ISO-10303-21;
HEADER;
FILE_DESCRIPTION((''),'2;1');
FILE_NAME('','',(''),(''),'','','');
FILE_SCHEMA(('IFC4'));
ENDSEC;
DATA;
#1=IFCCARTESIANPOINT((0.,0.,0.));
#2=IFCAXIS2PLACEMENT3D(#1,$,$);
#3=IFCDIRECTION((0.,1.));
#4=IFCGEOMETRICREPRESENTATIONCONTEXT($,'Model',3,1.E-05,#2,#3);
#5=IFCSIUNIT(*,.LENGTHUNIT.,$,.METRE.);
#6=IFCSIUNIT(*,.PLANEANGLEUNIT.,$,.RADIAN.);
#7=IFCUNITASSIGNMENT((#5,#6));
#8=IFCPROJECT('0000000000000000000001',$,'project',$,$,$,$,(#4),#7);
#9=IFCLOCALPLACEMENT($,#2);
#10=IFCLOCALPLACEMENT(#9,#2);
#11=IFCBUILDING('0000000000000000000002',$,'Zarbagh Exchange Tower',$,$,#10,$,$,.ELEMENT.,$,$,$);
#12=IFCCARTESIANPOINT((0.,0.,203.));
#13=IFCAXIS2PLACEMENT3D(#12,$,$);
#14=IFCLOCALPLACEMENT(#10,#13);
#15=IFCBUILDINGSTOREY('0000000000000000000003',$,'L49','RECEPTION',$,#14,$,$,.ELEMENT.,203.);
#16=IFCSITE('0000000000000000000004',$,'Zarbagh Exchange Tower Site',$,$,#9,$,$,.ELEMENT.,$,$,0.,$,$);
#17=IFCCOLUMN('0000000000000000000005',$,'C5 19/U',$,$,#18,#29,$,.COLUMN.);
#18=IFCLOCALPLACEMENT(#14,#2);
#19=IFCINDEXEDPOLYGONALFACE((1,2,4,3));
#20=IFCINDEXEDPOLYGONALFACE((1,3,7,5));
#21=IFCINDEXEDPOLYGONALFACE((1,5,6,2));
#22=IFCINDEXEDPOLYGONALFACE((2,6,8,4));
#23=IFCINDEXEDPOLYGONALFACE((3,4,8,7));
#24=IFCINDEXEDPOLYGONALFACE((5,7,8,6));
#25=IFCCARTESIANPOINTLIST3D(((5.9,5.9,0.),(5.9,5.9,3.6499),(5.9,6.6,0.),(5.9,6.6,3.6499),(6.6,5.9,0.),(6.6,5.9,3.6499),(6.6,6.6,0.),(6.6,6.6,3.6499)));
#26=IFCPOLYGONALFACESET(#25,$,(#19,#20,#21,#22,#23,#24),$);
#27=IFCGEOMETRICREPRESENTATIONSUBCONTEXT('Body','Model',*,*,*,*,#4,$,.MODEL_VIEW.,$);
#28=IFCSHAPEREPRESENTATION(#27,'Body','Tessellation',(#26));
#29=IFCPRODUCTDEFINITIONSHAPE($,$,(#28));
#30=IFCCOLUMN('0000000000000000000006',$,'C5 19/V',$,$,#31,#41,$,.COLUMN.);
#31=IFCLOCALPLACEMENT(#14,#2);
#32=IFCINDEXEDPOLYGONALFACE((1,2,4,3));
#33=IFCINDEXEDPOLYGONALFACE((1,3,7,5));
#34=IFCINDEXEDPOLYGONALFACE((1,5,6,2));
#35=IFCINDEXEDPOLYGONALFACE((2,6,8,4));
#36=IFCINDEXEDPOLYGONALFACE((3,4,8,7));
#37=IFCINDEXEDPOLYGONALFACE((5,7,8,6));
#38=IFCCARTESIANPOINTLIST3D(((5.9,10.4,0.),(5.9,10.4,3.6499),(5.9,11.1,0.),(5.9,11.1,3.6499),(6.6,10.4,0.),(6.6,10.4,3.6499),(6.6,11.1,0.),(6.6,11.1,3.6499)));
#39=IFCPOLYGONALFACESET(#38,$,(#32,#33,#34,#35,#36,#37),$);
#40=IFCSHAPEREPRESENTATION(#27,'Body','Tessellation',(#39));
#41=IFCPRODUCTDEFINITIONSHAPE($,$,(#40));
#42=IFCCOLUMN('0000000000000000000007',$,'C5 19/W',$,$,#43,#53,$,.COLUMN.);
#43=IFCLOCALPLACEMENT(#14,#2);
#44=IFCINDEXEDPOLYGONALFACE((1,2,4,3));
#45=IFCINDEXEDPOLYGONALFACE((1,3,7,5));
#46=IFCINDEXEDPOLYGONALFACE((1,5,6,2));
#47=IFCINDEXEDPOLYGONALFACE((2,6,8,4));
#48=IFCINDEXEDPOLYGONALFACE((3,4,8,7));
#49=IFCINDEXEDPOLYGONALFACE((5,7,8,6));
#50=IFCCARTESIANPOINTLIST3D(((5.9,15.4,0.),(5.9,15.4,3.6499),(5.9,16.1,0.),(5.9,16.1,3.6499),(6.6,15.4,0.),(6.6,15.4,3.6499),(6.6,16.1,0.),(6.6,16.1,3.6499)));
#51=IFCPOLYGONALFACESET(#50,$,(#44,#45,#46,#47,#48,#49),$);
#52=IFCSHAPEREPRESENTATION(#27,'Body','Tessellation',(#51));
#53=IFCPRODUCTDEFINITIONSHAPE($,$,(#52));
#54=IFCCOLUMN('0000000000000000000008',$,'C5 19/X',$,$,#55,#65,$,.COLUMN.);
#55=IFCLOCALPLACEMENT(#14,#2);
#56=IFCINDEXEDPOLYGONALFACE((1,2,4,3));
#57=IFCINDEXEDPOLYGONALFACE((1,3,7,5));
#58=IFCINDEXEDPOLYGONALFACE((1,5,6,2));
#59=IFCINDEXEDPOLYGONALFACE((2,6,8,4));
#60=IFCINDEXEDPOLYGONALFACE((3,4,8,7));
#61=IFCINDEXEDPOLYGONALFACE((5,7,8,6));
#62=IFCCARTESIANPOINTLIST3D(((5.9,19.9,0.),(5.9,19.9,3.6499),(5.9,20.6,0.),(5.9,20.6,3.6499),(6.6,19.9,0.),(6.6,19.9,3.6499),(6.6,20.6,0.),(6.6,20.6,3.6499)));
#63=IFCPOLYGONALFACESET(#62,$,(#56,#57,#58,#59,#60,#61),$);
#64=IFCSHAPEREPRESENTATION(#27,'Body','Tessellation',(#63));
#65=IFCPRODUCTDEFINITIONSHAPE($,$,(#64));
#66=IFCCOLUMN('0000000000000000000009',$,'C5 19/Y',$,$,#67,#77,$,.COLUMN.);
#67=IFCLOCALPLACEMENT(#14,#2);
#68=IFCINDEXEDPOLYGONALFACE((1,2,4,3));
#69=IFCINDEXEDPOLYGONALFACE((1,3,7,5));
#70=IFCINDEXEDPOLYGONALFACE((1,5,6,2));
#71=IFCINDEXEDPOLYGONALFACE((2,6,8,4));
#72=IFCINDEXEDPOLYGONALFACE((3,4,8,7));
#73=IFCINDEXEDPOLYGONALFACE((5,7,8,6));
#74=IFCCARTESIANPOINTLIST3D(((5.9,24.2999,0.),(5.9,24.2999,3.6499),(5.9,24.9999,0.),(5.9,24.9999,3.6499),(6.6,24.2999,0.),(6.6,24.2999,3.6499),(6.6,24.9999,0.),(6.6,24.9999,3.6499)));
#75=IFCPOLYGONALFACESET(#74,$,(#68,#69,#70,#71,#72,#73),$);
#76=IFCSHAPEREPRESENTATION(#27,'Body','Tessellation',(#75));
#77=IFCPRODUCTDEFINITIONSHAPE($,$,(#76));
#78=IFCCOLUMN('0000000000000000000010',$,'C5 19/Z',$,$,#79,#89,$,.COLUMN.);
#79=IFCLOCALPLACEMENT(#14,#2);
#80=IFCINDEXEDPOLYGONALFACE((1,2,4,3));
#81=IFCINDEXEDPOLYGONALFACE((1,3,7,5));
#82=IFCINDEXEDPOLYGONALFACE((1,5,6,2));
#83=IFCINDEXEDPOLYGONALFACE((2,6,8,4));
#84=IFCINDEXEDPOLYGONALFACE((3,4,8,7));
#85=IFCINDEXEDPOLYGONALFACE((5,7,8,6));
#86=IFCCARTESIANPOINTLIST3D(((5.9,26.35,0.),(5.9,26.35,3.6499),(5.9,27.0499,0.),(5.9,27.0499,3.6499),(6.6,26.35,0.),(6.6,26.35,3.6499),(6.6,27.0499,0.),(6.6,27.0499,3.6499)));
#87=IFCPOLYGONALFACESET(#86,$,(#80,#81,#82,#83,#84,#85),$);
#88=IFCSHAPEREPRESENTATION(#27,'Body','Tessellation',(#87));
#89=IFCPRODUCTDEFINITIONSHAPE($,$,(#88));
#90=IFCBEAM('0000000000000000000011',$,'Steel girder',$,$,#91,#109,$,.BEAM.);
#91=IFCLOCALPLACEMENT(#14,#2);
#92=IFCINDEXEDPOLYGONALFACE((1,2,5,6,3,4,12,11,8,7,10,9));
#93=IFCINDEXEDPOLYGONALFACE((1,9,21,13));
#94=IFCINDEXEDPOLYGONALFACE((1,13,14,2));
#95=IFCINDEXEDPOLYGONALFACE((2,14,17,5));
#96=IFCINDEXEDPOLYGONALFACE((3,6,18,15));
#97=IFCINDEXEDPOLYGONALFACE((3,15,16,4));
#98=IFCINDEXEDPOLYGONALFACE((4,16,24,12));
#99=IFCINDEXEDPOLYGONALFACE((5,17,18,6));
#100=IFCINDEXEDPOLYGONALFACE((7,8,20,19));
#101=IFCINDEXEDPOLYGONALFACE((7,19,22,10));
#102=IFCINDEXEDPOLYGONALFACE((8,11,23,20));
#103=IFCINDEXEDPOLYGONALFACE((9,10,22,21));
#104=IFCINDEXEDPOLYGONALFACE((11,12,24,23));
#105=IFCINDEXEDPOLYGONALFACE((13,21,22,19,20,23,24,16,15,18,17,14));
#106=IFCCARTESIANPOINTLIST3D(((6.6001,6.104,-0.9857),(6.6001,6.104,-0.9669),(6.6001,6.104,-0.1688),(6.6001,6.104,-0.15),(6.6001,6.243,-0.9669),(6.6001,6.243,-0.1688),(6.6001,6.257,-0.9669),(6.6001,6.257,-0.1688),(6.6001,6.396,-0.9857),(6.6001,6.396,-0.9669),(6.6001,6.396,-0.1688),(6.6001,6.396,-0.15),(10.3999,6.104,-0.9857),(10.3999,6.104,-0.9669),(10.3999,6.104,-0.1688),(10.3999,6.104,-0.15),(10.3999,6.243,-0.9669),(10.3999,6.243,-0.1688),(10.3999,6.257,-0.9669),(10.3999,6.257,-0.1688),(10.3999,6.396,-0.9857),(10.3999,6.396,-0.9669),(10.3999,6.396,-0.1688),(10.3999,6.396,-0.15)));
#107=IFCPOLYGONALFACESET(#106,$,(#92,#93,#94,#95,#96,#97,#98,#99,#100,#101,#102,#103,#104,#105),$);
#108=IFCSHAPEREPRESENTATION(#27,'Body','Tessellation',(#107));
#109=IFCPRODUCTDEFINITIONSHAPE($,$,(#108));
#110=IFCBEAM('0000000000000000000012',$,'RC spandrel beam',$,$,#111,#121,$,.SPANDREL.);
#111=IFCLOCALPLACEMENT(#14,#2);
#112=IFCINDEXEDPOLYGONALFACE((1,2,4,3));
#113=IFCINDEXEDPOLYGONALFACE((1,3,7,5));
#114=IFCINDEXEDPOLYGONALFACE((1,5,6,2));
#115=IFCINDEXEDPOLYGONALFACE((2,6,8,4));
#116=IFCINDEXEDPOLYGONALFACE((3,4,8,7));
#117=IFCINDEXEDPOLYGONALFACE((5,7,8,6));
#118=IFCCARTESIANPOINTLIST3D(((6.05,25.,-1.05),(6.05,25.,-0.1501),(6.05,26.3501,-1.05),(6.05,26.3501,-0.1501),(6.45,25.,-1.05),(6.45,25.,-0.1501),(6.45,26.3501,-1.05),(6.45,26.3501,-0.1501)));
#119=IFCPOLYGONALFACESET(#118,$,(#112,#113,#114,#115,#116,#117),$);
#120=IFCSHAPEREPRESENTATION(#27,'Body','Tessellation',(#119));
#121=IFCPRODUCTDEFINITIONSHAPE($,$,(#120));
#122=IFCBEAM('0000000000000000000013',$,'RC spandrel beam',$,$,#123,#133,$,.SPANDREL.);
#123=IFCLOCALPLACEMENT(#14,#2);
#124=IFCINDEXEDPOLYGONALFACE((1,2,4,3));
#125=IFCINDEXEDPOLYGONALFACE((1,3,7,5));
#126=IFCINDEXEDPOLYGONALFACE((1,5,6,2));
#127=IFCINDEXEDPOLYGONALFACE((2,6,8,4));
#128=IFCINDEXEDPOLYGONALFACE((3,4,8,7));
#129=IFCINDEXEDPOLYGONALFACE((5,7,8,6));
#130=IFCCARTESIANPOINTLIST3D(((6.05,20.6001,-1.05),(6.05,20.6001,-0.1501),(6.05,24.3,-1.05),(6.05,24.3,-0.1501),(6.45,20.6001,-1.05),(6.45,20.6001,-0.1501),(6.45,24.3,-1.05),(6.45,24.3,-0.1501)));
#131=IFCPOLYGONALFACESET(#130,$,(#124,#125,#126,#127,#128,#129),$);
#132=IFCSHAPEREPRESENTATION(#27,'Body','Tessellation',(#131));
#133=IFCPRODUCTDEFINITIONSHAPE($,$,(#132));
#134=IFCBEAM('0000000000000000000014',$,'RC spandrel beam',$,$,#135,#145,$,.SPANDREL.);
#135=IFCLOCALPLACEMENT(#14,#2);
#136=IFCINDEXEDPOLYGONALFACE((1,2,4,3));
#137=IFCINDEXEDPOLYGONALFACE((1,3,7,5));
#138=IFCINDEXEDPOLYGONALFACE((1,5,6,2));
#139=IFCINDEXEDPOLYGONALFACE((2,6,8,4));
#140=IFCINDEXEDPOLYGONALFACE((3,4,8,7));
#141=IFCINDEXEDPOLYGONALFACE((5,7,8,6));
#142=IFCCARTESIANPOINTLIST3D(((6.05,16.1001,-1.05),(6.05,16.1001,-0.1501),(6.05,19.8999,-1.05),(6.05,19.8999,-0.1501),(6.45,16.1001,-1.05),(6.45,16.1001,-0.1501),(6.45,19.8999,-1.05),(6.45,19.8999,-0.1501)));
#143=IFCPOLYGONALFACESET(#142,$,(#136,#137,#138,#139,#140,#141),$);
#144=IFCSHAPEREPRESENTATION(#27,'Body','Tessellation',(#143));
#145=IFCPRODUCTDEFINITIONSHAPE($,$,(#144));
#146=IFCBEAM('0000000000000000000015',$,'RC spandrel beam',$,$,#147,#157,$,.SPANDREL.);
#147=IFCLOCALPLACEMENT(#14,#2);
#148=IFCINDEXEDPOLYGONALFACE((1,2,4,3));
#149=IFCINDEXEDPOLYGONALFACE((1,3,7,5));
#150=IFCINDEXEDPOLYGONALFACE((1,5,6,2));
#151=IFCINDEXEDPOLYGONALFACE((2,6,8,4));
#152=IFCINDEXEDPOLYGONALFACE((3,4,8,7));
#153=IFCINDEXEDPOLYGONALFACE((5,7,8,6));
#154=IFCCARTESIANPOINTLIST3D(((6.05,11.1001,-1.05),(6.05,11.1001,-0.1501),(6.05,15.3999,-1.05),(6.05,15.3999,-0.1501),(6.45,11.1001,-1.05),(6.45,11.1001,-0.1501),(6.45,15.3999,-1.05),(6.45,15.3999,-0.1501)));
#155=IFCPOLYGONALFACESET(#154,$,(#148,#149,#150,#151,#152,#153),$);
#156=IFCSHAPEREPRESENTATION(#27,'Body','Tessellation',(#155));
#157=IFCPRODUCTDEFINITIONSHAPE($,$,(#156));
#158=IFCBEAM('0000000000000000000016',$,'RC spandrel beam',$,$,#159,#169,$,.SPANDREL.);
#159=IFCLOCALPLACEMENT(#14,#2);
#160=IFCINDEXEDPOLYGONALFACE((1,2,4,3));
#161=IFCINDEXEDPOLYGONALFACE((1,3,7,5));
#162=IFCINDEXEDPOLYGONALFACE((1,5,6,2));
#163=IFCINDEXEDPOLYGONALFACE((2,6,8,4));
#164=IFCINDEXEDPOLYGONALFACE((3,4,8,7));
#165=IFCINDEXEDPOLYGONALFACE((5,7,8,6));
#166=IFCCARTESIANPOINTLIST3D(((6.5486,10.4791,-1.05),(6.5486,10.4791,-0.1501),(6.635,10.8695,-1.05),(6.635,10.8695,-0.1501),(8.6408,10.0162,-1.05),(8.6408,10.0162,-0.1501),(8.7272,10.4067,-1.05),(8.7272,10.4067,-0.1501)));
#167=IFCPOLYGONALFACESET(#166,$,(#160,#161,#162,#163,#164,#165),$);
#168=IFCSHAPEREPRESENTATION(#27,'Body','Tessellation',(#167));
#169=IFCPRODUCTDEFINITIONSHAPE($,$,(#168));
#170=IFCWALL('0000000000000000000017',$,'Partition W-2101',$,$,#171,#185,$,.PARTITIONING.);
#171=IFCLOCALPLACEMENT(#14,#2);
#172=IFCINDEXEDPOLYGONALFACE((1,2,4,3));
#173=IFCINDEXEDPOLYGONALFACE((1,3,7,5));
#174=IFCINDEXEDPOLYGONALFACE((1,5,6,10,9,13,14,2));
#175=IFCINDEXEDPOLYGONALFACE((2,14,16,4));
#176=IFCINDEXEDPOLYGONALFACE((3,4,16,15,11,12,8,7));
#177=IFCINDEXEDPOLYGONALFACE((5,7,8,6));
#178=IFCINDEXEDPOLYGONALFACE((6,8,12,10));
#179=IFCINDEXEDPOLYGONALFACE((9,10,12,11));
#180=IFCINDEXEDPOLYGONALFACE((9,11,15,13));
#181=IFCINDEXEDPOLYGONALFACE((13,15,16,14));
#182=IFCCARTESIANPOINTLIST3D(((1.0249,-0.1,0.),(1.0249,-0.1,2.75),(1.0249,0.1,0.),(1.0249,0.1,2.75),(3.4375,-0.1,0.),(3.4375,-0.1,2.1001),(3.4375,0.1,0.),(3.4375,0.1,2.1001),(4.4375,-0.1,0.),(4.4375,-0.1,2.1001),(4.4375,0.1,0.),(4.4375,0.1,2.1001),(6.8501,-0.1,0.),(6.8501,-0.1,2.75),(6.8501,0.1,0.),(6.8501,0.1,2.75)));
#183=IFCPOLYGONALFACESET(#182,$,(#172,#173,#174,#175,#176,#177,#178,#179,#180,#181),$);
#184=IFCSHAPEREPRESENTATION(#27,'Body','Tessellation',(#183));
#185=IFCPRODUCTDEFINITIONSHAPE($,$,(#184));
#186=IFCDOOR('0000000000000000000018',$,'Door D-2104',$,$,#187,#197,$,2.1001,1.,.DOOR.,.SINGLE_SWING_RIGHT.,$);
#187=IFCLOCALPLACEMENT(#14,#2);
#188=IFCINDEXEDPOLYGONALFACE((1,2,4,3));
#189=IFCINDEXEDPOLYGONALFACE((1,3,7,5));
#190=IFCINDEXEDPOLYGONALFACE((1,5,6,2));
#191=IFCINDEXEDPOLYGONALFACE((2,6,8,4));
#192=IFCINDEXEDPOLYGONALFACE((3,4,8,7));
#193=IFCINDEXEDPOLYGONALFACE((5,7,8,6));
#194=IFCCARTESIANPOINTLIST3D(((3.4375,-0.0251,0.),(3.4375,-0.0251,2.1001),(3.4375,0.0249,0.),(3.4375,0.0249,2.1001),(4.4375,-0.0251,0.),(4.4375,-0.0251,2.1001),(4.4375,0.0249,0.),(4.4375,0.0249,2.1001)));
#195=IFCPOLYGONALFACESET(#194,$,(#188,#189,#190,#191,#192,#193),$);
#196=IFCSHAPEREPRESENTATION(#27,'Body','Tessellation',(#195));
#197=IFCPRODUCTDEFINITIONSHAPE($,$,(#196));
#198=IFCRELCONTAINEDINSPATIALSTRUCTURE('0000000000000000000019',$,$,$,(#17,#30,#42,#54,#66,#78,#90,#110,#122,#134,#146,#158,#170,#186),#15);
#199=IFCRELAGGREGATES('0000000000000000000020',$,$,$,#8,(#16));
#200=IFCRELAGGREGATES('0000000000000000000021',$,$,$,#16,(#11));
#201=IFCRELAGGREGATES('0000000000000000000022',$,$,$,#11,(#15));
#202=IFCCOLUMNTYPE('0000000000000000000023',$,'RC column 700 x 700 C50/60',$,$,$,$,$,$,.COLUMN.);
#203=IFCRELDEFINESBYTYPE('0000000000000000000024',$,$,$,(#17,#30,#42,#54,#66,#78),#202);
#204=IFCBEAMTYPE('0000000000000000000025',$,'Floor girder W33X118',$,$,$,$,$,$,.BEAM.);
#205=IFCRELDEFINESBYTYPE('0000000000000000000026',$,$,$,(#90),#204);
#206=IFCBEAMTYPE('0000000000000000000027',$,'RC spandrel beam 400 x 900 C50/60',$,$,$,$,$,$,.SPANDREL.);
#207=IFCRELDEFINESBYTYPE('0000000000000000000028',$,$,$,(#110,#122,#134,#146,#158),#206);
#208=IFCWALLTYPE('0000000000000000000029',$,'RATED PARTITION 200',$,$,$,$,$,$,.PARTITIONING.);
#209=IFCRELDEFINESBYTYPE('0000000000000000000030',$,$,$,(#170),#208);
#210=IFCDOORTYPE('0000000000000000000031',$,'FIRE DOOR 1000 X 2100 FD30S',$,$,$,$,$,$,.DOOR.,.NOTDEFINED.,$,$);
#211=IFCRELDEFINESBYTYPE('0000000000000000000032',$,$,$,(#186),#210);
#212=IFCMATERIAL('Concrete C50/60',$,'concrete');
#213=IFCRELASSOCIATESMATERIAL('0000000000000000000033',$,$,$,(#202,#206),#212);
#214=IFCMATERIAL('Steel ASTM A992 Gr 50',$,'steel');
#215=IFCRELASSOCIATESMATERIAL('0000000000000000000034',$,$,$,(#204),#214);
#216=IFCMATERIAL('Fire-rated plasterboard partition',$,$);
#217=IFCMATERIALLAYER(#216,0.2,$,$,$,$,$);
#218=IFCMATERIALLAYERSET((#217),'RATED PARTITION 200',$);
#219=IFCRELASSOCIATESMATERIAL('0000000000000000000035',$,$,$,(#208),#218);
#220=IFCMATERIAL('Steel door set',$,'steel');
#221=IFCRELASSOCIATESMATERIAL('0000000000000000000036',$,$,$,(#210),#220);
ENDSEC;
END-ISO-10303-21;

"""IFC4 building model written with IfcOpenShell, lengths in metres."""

from ifc_helpers import new_model, si_unit, direction, frame, frame_2d, origin, origin_2d, place, context, subcontext, project, spatial, rectangle, i_section, extrude, material, layer, layer_set, material_profile, profile_set, type_object, element, fill, save


model = new_model("IFC4")

# Units and contexts
model_context = context("Model", 3, precision=1e-05, world=origin(), true_north=direction((0.0, 1.0)))
body_context = subcontext(model_context, "Body", "Model", "MODEL_VIEW")
ifc_project = project(units=[si_unit("LENGTHUNIT", "METRE"), si_unit("PLANEANGLEUNIT", "RADIAN")], contexts=[model_context])

# Site, building, storey
site_placement = place(None, origin())
site = spatial("IfcSite", under=ifc_project, at=site_placement, Name="Zarbagh Exchange Tower Site", CompositionType="ELEMENT", RefElevation=0.0)
building_placement = place(site_placement, origin())
building = spatial("IfcBuilding", under=site, at=building_placement, Name="Zarbagh Exchange Tower", CompositionType="ELEMENT")
storey_placement = place(building_placement, frame((0.0, 0.0, 203.0)))
storey = spatial("IfcBuildingStorey", under=building, at=storey_placement, Name="L49", Description="RECEPTION", CompositionType="ELEMENT", Elevation=203.0)

# Columns
ifc_material_1 = material(Name="Concrete C50/60", Category="concrete")
ifc_material_profile_1 = material_profile(ifc_material_1, rectangle(XDim=0.7, YDim=0.7, at=origin_2d()), Name="RC column 700 x 700 C50/60")
ifc_profile_set_1 = profile_set([ifc_material_profile_1], Name="Concrete C50/60")
column_type = type_object("IfcColumnType", Name="RC column 700 x 700 C50/60", PredefinedType="COLUMN", material=ifc_profile_set_1)
for number, where, z_axis, x_axis, name in (
    (1, (6.25, 6.25, 0.0), (0.0, 0.0, 1.0), (1.0, 0.0, 0.0), "C5 19/U"),
    (2, (6.25, 10.75, 0.0), (0.0, 0.0, 1.0), (1.0, 0.0, 0.0), "C5 19/V"),
    (3, (6.25, 15.75, 0.0), (0.0, 0.0, 1.0), (1.0, 0.0, 0.0), "C5 19/W"),
    (4, (6.25, 20.25, 0.0), (0.0, 0.0, 1.0), (1.0, 0.0, 0.0), "C5 19/X"),
    (5, (6.25, 24.6499, 0.0), (0.0, 0.0, 1.0), (1.0, 0.0, 0.0), "C5 19/Y"),
    (6, (6.25, 26.7, 0.0), (0.0, 0.0, 1.0), (1.0, 0.0, 0.0), "C5 19/Z"),
):
    element("IfcColumn", number, at=place(storey_placement, frame(where, z_axis=z_axis, x_axis=x_axis)), inside=storey, type_object=column_type, Name=name, PredefinedType="COLUMN", context=body_context, shape_type="SweptSolid", body=[
        extrude(rectangle(XDim=0.7, YDim=0.7, at=origin_2d()), origin(), (0.0, 0.0, 1.0), 3.6499),
    ])

# Beams
ifc_material_2 = material(Name="Steel ASTM A992 Gr 50", Category="steel")
ifc_material_profile_2 = material_profile(ifc_material_2, i_section(OverallWidth=0.292, OverallDepth=0.8357, WebThickness=0.0139, FlangeThickness=0.0188, at=origin_2d()), Name="W33X118")
ifc_profile_set_2 = profile_set([ifc_material_profile_2], Name="Steel ASTM A992 Gr 50")
beam_type_1 = type_object("IfcBeamType", Name="Floor girder W33X118", PredefinedType="BEAM", material=ifc_profile_set_2)
beam_1_placement = place(storey_placement, frame((6.6001, 6.25, -0.5679), z_axis=(1.0, 0.0, 0.0), x_axis=(0.0, 1.0, 0.0)))
element("IfcBeam", 7, at=beam_1_placement, inside=storey, type_object=beam_type_1, Name="Steel girder", PredefinedType="BEAM", context=body_context, shape_type="SweptSolid", body=[
    extrude(i_section(OverallWidth=0.292, OverallDepth=0.8357, WebThickness=0.0139, FlangeThickness=0.0188, at=origin_2d()), origin(), (0.0, 0.0, 1.0), 3.7998),
])
ifc_material_profile_3 = material_profile(ifc_material_1, rectangle(XDim=0.3999, YDim=0.8999, at=origin_2d()), Name="RC spandrel beam 400 x 900 C50/60")
ifc_profile_set_3 = profile_set([ifc_material_profile_3], Name="Concrete C50/60")
beam_type_2 = type_object("IfcBeamType", Name="RC spandrel beam 400 x 900 C50/60", PredefinedType="SPANDREL", material=ifc_profile_set_3)
beam_2_placement = place(storey_placement, frame((6.25, 26.3501, -0.6001), z_axis=(0.0, -1.0, 0.0), x_axis=(1.0, 0.0, 0.0)))
element("IfcBeam", 8, at=beam_2_placement, inside=storey, type_object=beam_type_2, Name="RC spandrel beam", PredefinedType="SPANDREL", context=body_context, shape_type="SweptSolid", body=[
    extrude(rectangle(XDim=0.3999, YDim=0.8999, at=origin_2d()), origin(), (0.0, 0.0, 1.0), 1.3501),
])
beam_3_placement = place(storey_placement, frame((6.25, 24.3, -0.6001), z_axis=(0.0, -1.0, 0.0), x_axis=(1.0, 0.0, 0.0)))
element("IfcBeam", 9, at=beam_3_placement, inside=storey, type_object=beam_type_2, Name="RC spandrel beam", PredefinedType="SPANDREL", context=body_context, shape_type="SweptSolid", body=[
    extrude(rectangle(XDim=0.3999, YDim=0.8999, at=origin_2d()), origin(), (0.0, 0.0, 1.0), 3.7),
])
beam_4_placement = place(storey_placement, frame((6.25, 19.8999, -0.6001), z_axis=(0.0, -1.0, 0.0), x_axis=(1.0, 0.0, 0.0)))
element("IfcBeam", 10, at=beam_4_placement, inside=storey, type_object=beam_type_2, Name="RC spandrel beam", PredefinedType="SPANDREL", context=body_context, shape_type="SweptSolid", body=[
    extrude(rectangle(XDim=0.3999, YDim=0.8999, at=origin_2d()), origin(), (0.0, 0.0, 1.0), 3.7998),
])
beam_5_placement = place(storey_placement, frame((6.25, 15.3999, -0.6001), z_axis=(0.0, -1.0, 0.0), x_axis=(1.0, 0.0, 0.0)))
element("IfcBeam", 11, at=beam_5_placement, inside=storey, type_object=beam_type_2, Name="RC spandrel beam", PredefinedType="SPANDREL", context=body_context, shape_type="SweptSolid", body=[
    extrude(rectangle(XDim=0.3999, YDim=0.8999, at=origin_2d()), origin(), (0.0, 0.0, 1.0), 4.2998),
])
beam_6_placement = place(storey_placement, frame((6.5918, 10.6743, -0.6001), z_axis=(0.97639, -0.216014, 0.0), x_axis=(0.216014, 0.97639, 0.0)))
element("IfcBeam", 12, at=beam_6_placement, inside=storey, type_object=beam_type_2, Name="RC spandrel beam", PredefinedType="SPANDREL", context=body_context, shape_type="SweptSolid", body=[
    extrude(rectangle(XDim=0.3999, YDim=0.8999, at=origin_2d()), origin(), (0.0, 0.0, 1.0), 2.1428),
])

# Wall, opening, door
ifc_material_3 = material(Name="Fire-rated plasterboard partition")
ifc_layer_1 = layer(ifc_material_3, 0.2)
ifc_layer_set_1 = layer_set([ifc_layer_1], Name="RATED PARTITION 200")
wall_type_1 = type_object("IfcWallType", Name="RATED PARTITION 200", PredefinedType="PARTITIONING", material=ifc_layer_set_1)
wall_1_placement = place(storey_placement, frame((1.0249, 0.0, 0.0), z_axis=(0.0, 0.0, 1.0), x_axis=(1.0, 0.0, 0.0)))
wall_1 = element("IfcWall", 13, at=wall_1_placement, inside=storey, type_object=wall_type_1, Name="Partition W-2101", PredefinedType="PARTITIONING", context=body_context, shape_type="SweptSolid", body=[
    extrude(rectangle(XDim=5.8252, YDim=0.2, at=frame_2d((2.9126, 0.0))), origin(), (0.0, 0.0, 1.0), 2.75),
])
opening_1_placement = place(wall_1_placement, frame((2.4126, 0.0, 0.0)))
opening_1 = element("IfcOpeningElement", 14, at=opening_1_placement, cuts=wall_1, PredefinedType="OPENING", context=body_context, shape_type="SweptSolid", body=[
    extrude(rectangle(XDim=1.0, YDim=2.1001, at=frame_2d((0.5, 1.05))), frame((0.0, 0.1099, 0.0), z_axis=(0.0, -1.0, 0.0), x_axis=(1.0, 0.0, 0.0)), (0.0, 0.0, 1.0), 0.22),
])
ifc_material_4 = material(Name="Steel door set", Category="steel")
door_type_1 = type_object("IfcDoorType", Name="FIRE DOOR 1000 X 2100 FD30S", OperationType="NOTDEFINED", PredefinedType="DOOR", material=ifc_material_4)
door_1_placement = place(opening_1_placement, origin())
door_1 = element("IfcDoor", 15, at=door_1_placement, inside=storey, type_object=door_type_1, Name="Door D-2104", OperationType="SINGLE_SWING_RIGHT", OverallHeight=2.1001, OverallWidth=1.0, PredefinedType="DOOR", context=body_context, shape_type="SweptSolid", body=[
    extrude(rectangle(XDim=1.0, YDim=2.1001, at=frame_2d((0.5, 1.05))), frame((0.0, 0.0249, 0.0), z_axis=(0.0, -1.0, 0.0), x_axis=(1.0, 0.0, 0.0)), (0.0, 0.0, 1.0), 0.05),
])
fill(opening_1, door_1)

save(model, "model.ifc")
